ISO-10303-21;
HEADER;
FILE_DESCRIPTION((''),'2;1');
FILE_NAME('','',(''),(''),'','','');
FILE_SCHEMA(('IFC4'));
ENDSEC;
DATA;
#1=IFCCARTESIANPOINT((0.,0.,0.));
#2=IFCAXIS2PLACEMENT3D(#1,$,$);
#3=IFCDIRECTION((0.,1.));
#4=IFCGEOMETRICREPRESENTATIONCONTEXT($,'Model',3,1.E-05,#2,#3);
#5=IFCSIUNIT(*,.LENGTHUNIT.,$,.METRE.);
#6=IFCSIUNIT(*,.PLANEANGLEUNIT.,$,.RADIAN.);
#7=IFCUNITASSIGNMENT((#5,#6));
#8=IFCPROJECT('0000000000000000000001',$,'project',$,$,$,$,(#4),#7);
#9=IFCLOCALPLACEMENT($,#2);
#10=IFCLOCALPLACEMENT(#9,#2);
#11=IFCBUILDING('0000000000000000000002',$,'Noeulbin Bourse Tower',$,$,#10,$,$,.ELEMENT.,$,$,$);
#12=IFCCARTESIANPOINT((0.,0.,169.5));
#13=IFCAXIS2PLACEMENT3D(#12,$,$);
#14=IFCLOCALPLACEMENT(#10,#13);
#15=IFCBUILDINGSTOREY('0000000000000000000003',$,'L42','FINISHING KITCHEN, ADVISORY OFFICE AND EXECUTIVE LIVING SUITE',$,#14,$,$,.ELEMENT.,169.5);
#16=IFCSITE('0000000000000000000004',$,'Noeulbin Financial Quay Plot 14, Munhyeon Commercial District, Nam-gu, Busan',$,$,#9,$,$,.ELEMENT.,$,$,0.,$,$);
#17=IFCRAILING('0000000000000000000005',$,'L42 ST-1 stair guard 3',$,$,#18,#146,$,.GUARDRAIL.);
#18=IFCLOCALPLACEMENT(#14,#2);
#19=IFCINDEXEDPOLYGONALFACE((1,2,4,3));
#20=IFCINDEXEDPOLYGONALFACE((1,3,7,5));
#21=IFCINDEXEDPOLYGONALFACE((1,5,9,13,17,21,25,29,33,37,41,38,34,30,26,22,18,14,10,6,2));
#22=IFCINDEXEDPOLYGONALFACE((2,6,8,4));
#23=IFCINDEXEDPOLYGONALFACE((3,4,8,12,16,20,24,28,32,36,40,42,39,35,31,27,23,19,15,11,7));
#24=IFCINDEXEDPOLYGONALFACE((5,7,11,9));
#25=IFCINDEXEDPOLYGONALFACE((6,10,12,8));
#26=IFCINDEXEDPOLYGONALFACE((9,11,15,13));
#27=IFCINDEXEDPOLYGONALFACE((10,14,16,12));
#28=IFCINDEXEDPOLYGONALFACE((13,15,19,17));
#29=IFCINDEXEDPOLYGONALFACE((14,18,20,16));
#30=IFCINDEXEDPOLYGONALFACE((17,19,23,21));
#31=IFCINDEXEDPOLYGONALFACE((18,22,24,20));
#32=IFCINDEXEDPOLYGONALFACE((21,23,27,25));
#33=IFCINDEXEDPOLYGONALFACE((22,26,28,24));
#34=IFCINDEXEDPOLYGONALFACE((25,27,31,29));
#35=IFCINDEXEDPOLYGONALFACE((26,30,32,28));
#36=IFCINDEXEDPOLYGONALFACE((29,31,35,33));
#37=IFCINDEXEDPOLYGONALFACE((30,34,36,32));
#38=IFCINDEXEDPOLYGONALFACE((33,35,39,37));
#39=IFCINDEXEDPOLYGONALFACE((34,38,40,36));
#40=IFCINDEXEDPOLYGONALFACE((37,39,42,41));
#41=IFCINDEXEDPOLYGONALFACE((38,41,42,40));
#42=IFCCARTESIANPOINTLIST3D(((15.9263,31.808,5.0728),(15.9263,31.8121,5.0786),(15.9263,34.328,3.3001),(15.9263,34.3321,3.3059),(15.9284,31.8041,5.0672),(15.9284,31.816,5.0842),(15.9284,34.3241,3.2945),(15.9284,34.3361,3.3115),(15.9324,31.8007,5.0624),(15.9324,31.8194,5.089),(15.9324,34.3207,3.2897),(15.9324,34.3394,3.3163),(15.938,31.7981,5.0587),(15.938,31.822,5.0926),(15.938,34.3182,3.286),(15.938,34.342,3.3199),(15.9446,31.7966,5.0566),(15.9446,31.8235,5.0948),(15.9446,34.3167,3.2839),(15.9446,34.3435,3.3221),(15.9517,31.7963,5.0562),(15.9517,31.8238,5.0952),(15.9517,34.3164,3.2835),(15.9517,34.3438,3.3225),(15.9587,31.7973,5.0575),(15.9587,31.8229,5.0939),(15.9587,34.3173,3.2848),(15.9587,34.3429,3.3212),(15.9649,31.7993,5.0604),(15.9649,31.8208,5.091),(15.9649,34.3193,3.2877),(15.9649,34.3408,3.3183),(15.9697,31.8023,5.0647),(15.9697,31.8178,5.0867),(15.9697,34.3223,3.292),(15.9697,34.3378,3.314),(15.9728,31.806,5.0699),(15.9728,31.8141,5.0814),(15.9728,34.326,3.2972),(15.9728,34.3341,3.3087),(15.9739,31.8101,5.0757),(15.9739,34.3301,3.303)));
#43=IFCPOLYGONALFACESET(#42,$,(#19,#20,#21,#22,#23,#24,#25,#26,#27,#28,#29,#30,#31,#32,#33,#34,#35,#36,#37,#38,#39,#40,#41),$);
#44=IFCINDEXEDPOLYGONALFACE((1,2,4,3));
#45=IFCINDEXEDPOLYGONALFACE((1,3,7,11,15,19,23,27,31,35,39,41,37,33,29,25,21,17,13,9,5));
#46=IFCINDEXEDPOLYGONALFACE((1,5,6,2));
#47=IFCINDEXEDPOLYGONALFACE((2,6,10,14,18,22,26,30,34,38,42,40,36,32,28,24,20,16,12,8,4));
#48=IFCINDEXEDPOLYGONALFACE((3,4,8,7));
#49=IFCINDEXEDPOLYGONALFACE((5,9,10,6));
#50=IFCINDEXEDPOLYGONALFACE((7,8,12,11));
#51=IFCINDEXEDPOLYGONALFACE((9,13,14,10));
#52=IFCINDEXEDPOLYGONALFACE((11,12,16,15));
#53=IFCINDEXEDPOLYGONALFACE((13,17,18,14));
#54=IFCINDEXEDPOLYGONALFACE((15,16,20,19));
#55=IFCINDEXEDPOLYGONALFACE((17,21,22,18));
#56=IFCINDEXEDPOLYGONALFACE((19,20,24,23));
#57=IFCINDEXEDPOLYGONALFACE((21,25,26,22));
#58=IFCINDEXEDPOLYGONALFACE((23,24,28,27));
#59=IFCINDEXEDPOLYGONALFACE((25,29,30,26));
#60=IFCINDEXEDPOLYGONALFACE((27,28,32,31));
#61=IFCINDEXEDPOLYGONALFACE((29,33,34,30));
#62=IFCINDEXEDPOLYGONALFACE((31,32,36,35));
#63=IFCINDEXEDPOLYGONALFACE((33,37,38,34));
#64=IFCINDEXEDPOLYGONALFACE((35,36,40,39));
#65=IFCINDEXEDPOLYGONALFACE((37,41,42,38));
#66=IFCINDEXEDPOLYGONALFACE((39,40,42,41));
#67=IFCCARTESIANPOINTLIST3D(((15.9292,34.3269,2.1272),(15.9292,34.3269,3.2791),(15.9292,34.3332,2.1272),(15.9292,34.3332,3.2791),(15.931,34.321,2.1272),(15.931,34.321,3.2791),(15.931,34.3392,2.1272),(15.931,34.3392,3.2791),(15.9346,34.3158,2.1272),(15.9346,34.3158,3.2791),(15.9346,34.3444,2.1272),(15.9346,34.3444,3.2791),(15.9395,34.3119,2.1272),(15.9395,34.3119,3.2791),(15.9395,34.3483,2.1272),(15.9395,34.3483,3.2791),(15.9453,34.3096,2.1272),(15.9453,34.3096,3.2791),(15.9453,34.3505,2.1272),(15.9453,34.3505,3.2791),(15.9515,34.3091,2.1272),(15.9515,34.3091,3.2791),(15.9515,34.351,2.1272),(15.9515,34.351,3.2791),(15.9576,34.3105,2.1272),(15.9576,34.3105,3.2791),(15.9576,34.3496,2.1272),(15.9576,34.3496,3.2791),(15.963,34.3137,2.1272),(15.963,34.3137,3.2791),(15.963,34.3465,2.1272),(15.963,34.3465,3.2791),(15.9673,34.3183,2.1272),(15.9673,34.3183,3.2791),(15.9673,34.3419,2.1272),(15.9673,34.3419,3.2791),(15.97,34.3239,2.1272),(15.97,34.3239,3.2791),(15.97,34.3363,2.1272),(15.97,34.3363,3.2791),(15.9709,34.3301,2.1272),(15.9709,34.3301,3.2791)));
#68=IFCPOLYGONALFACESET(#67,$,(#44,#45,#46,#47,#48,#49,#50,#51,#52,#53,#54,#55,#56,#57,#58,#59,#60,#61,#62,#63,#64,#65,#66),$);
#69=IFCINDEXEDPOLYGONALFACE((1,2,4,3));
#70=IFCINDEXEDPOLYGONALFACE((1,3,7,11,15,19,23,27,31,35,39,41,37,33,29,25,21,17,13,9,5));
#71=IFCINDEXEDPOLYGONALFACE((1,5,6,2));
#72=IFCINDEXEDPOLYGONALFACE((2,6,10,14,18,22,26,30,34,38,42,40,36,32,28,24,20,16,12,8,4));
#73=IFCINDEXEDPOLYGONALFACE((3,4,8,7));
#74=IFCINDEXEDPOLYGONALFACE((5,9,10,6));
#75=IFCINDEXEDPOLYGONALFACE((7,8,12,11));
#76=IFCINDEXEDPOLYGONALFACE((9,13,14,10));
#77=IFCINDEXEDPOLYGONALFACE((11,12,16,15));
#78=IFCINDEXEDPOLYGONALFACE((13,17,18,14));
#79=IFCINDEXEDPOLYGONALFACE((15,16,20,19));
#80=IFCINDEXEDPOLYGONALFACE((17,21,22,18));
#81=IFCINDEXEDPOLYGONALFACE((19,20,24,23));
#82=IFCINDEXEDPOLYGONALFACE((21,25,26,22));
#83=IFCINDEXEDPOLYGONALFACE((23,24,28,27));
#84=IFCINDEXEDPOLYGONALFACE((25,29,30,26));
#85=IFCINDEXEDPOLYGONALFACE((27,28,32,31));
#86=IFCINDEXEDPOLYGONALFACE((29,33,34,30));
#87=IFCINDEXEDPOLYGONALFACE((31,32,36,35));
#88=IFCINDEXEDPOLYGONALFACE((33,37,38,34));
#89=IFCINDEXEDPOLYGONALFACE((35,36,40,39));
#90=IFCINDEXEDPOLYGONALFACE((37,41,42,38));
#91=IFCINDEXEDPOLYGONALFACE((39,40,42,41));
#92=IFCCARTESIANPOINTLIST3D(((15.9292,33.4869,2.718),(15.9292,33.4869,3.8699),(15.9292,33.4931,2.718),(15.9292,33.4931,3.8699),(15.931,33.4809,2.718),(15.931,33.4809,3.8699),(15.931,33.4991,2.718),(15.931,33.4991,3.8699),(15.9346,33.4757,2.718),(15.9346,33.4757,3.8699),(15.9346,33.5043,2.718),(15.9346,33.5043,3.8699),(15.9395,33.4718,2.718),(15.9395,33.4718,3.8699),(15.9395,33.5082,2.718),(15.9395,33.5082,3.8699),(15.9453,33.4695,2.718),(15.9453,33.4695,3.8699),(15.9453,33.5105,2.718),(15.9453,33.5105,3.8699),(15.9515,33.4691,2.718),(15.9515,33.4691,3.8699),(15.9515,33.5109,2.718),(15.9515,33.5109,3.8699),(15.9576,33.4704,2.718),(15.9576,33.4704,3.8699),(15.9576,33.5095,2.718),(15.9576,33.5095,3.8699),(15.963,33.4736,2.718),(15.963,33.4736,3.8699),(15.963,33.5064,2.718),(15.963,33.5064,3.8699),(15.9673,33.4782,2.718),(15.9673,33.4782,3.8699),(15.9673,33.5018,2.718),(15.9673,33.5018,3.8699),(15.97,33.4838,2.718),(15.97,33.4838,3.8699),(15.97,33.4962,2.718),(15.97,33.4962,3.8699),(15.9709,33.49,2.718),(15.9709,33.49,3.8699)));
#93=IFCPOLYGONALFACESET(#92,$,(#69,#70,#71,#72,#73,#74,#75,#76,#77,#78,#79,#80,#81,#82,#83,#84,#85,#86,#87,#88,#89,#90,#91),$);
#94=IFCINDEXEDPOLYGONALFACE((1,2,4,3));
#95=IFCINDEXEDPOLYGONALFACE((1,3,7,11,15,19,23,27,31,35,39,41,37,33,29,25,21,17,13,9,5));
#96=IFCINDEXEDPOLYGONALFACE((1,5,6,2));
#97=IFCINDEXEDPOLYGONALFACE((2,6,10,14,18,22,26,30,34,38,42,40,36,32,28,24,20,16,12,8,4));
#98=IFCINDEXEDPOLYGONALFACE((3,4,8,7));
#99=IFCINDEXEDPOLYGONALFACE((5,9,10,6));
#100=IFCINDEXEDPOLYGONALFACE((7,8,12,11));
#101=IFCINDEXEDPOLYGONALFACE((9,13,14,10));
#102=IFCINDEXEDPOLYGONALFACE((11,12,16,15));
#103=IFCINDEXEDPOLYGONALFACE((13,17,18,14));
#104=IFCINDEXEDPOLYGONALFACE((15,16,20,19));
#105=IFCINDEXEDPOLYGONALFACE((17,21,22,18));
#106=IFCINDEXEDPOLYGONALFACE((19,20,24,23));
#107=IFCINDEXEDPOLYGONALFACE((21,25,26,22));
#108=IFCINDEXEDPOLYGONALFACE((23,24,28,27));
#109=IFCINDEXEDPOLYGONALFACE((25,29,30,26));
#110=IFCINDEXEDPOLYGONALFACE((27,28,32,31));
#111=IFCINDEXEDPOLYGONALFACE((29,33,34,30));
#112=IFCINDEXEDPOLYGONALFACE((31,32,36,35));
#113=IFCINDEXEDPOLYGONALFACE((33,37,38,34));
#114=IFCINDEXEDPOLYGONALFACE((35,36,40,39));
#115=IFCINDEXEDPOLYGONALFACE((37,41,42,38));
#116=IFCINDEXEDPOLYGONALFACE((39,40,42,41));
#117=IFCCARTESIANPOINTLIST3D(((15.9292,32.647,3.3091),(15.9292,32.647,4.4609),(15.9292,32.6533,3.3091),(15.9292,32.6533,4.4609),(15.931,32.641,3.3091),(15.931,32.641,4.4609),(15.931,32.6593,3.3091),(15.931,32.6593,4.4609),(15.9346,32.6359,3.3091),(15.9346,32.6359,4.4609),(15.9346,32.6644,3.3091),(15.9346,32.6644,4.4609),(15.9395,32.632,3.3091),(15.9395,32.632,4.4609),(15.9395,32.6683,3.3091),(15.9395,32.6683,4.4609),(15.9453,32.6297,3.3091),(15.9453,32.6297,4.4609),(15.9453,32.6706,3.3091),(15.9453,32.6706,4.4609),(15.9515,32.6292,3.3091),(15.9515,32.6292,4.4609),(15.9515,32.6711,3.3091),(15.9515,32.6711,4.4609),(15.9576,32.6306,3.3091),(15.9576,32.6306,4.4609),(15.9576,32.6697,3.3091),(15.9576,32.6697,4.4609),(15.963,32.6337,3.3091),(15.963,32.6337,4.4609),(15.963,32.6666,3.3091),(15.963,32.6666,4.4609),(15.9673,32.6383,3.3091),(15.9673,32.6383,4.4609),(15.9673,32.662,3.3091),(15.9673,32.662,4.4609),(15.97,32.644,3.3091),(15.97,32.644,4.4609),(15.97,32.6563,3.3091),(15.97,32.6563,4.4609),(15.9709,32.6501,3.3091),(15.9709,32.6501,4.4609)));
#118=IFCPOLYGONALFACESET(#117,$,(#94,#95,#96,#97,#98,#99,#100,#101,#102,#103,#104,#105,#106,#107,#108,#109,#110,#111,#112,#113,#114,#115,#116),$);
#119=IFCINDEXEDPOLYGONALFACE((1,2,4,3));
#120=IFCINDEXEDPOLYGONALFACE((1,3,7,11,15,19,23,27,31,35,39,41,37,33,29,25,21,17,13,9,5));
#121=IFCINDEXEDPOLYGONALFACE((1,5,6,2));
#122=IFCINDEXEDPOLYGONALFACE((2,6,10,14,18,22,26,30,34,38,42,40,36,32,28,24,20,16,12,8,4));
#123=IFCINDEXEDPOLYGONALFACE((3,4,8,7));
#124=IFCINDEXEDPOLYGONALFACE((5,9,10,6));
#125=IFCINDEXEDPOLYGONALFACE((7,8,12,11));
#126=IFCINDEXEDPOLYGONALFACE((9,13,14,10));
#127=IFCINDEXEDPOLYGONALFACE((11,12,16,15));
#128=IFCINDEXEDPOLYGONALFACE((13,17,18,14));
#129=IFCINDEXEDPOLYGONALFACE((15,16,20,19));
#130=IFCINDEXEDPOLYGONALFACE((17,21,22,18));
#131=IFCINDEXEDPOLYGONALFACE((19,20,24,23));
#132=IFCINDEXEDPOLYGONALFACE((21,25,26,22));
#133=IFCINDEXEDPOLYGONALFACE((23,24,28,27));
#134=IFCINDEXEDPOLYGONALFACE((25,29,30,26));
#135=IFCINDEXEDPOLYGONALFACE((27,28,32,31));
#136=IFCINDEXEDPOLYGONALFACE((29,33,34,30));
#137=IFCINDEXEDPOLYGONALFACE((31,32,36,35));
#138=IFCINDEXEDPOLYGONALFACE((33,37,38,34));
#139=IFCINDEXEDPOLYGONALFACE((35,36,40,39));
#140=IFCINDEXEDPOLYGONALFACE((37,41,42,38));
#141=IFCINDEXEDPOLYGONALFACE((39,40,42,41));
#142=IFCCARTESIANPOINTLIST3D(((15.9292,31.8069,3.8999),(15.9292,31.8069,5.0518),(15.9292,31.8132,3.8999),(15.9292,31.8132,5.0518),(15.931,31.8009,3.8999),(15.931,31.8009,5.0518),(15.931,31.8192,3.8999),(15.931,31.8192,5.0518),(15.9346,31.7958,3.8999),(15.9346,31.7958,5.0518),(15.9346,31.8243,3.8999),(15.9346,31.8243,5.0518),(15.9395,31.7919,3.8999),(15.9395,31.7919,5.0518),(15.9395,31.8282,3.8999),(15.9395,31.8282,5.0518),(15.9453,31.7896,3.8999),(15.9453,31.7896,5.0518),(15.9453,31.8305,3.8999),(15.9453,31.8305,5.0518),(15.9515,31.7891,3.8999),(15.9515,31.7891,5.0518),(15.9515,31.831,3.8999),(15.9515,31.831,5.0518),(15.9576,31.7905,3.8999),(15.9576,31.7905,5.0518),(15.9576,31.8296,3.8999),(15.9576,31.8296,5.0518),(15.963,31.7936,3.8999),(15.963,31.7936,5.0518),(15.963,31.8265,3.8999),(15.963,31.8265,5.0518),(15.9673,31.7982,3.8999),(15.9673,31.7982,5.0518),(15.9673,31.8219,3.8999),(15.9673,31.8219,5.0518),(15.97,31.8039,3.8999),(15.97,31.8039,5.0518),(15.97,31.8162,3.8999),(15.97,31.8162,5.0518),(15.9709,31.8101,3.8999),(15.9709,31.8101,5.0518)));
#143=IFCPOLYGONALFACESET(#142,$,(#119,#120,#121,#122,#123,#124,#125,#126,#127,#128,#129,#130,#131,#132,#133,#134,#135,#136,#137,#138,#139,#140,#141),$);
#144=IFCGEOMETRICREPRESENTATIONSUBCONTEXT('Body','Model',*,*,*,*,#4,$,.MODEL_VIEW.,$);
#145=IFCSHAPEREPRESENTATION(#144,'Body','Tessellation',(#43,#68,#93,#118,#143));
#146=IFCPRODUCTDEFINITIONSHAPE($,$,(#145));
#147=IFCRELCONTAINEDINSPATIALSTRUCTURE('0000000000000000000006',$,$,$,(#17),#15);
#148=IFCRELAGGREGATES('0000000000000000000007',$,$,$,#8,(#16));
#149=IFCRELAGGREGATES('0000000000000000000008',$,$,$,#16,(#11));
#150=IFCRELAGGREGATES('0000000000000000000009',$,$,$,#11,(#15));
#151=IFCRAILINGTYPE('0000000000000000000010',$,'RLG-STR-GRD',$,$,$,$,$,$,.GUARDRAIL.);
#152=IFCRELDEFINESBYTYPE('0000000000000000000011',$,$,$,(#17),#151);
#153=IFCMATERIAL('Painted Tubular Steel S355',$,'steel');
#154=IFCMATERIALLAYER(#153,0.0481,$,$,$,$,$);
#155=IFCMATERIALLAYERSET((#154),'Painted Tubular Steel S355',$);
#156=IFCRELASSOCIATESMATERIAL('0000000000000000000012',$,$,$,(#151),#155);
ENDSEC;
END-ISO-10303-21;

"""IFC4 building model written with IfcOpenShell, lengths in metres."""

from ifc_helpers import new_model, si_unit, direction, frame, origin, origin_2d, place, context, subcontext, project, spatial, circle, extrude, material, layer, layer_set, type_object, element, save


model = new_model("IFC4")

# Units and contexts
model_context = context("Model", 3, precision=1e-05, world=origin(), true_north=direction((0.0, 1.0)))
body_context = subcontext(model_context, "Body", "Model", "MODEL_VIEW")
ifc_project = project(units=[si_unit("LENGTHUNIT", "METRE"), si_unit("PLANEANGLEUNIT", "RADIAN")], contexts=[model_context])

# Site, building, storey
site_placement = place(None, origin())
site = spatial("IfcSite", under=ifc_project, at=site_placement, Name="Noeulbin Financial Quay Plot 14, Munhyeon Commercial District, Nam-gu, Busan", CompositionType="ELEMENT", RefElevation=0.0)
building_placement = place(site_placement, origin())
building = spatial("IfcBuilding", under=site, at=building_placement, Name="Noeulbin Bourse Tower", CompositionType="ELEMENT")
storey_placement = place(building_placement, frame((0.0, 0.0, 169.5)))
storey = spatial("IfcBuildingStorey", under=building, at=storey_placement, Name="L42", Description="FINISHING KITCHEN, ADVISORY OFFICE AND EXECUTIVE LIVING SUITE", CompositionType="ELEMENT", Elevation=169.5)

# Railing
ifc_material_1 = material(Name="Painted Tubular Steel S355", Category="steel")
ifc_layer_1 = layer(ifc_material_1, 0.0481)
ifc_layer_set_1 = layer_set([ifc_layer_1], Name="Painted Tubular Steel S355")
railing_type_1 = type_object("IfcRailingType", Name="RLG-STR-GRD", PredefinedType="GUARDRAIL", material=ifc_layer_set_1)
railing_1_placement = place(storey_placement, frame((15.95, 34.3301, 2.1272)))
element("IfcRailing", 1, at=railing_1_placement, inside=storey, type_object=railing_type_1, Name="L42 ST-1 stair guard 3", PredefinedType="GUARDRAIL", context=body_context, shape_type="SweptSolid", body=[
    extrude(circle(Radius=0.0239, at=origin_2d()), frame((0.0, 0.0, 1.1758), z_axis=(0.0, -0.817904, 0.575354), x_axis=(1.0, 0.0, 0.0)), (0.0, 0.0, 1.0), 3.0811),
    extrude(circle(Radius=0.021, at=origin_2d()), origin(), (0.0, 0.0, 1.0), 1.1519),
    extrude(circle(Radius=0.021, at=origin_2d()), frame((0.0, -0.8401, 0.5908)), (0.0, 0.0, 1.0), 1.1519),
    extrude(circle(Radius=0.021, at=origin_2d()), frame((0.0, -1.6799, 1.1819)), (0.0, 0.0, 1.0), 1.1519),
    extrude(circle(Radius=0.021, at=origin_2d()), frame((0.0, -2.52, 1.7727)), (0.0, 0.0, 1.0), 1.1519),
])

save(model, "model.ifc")
